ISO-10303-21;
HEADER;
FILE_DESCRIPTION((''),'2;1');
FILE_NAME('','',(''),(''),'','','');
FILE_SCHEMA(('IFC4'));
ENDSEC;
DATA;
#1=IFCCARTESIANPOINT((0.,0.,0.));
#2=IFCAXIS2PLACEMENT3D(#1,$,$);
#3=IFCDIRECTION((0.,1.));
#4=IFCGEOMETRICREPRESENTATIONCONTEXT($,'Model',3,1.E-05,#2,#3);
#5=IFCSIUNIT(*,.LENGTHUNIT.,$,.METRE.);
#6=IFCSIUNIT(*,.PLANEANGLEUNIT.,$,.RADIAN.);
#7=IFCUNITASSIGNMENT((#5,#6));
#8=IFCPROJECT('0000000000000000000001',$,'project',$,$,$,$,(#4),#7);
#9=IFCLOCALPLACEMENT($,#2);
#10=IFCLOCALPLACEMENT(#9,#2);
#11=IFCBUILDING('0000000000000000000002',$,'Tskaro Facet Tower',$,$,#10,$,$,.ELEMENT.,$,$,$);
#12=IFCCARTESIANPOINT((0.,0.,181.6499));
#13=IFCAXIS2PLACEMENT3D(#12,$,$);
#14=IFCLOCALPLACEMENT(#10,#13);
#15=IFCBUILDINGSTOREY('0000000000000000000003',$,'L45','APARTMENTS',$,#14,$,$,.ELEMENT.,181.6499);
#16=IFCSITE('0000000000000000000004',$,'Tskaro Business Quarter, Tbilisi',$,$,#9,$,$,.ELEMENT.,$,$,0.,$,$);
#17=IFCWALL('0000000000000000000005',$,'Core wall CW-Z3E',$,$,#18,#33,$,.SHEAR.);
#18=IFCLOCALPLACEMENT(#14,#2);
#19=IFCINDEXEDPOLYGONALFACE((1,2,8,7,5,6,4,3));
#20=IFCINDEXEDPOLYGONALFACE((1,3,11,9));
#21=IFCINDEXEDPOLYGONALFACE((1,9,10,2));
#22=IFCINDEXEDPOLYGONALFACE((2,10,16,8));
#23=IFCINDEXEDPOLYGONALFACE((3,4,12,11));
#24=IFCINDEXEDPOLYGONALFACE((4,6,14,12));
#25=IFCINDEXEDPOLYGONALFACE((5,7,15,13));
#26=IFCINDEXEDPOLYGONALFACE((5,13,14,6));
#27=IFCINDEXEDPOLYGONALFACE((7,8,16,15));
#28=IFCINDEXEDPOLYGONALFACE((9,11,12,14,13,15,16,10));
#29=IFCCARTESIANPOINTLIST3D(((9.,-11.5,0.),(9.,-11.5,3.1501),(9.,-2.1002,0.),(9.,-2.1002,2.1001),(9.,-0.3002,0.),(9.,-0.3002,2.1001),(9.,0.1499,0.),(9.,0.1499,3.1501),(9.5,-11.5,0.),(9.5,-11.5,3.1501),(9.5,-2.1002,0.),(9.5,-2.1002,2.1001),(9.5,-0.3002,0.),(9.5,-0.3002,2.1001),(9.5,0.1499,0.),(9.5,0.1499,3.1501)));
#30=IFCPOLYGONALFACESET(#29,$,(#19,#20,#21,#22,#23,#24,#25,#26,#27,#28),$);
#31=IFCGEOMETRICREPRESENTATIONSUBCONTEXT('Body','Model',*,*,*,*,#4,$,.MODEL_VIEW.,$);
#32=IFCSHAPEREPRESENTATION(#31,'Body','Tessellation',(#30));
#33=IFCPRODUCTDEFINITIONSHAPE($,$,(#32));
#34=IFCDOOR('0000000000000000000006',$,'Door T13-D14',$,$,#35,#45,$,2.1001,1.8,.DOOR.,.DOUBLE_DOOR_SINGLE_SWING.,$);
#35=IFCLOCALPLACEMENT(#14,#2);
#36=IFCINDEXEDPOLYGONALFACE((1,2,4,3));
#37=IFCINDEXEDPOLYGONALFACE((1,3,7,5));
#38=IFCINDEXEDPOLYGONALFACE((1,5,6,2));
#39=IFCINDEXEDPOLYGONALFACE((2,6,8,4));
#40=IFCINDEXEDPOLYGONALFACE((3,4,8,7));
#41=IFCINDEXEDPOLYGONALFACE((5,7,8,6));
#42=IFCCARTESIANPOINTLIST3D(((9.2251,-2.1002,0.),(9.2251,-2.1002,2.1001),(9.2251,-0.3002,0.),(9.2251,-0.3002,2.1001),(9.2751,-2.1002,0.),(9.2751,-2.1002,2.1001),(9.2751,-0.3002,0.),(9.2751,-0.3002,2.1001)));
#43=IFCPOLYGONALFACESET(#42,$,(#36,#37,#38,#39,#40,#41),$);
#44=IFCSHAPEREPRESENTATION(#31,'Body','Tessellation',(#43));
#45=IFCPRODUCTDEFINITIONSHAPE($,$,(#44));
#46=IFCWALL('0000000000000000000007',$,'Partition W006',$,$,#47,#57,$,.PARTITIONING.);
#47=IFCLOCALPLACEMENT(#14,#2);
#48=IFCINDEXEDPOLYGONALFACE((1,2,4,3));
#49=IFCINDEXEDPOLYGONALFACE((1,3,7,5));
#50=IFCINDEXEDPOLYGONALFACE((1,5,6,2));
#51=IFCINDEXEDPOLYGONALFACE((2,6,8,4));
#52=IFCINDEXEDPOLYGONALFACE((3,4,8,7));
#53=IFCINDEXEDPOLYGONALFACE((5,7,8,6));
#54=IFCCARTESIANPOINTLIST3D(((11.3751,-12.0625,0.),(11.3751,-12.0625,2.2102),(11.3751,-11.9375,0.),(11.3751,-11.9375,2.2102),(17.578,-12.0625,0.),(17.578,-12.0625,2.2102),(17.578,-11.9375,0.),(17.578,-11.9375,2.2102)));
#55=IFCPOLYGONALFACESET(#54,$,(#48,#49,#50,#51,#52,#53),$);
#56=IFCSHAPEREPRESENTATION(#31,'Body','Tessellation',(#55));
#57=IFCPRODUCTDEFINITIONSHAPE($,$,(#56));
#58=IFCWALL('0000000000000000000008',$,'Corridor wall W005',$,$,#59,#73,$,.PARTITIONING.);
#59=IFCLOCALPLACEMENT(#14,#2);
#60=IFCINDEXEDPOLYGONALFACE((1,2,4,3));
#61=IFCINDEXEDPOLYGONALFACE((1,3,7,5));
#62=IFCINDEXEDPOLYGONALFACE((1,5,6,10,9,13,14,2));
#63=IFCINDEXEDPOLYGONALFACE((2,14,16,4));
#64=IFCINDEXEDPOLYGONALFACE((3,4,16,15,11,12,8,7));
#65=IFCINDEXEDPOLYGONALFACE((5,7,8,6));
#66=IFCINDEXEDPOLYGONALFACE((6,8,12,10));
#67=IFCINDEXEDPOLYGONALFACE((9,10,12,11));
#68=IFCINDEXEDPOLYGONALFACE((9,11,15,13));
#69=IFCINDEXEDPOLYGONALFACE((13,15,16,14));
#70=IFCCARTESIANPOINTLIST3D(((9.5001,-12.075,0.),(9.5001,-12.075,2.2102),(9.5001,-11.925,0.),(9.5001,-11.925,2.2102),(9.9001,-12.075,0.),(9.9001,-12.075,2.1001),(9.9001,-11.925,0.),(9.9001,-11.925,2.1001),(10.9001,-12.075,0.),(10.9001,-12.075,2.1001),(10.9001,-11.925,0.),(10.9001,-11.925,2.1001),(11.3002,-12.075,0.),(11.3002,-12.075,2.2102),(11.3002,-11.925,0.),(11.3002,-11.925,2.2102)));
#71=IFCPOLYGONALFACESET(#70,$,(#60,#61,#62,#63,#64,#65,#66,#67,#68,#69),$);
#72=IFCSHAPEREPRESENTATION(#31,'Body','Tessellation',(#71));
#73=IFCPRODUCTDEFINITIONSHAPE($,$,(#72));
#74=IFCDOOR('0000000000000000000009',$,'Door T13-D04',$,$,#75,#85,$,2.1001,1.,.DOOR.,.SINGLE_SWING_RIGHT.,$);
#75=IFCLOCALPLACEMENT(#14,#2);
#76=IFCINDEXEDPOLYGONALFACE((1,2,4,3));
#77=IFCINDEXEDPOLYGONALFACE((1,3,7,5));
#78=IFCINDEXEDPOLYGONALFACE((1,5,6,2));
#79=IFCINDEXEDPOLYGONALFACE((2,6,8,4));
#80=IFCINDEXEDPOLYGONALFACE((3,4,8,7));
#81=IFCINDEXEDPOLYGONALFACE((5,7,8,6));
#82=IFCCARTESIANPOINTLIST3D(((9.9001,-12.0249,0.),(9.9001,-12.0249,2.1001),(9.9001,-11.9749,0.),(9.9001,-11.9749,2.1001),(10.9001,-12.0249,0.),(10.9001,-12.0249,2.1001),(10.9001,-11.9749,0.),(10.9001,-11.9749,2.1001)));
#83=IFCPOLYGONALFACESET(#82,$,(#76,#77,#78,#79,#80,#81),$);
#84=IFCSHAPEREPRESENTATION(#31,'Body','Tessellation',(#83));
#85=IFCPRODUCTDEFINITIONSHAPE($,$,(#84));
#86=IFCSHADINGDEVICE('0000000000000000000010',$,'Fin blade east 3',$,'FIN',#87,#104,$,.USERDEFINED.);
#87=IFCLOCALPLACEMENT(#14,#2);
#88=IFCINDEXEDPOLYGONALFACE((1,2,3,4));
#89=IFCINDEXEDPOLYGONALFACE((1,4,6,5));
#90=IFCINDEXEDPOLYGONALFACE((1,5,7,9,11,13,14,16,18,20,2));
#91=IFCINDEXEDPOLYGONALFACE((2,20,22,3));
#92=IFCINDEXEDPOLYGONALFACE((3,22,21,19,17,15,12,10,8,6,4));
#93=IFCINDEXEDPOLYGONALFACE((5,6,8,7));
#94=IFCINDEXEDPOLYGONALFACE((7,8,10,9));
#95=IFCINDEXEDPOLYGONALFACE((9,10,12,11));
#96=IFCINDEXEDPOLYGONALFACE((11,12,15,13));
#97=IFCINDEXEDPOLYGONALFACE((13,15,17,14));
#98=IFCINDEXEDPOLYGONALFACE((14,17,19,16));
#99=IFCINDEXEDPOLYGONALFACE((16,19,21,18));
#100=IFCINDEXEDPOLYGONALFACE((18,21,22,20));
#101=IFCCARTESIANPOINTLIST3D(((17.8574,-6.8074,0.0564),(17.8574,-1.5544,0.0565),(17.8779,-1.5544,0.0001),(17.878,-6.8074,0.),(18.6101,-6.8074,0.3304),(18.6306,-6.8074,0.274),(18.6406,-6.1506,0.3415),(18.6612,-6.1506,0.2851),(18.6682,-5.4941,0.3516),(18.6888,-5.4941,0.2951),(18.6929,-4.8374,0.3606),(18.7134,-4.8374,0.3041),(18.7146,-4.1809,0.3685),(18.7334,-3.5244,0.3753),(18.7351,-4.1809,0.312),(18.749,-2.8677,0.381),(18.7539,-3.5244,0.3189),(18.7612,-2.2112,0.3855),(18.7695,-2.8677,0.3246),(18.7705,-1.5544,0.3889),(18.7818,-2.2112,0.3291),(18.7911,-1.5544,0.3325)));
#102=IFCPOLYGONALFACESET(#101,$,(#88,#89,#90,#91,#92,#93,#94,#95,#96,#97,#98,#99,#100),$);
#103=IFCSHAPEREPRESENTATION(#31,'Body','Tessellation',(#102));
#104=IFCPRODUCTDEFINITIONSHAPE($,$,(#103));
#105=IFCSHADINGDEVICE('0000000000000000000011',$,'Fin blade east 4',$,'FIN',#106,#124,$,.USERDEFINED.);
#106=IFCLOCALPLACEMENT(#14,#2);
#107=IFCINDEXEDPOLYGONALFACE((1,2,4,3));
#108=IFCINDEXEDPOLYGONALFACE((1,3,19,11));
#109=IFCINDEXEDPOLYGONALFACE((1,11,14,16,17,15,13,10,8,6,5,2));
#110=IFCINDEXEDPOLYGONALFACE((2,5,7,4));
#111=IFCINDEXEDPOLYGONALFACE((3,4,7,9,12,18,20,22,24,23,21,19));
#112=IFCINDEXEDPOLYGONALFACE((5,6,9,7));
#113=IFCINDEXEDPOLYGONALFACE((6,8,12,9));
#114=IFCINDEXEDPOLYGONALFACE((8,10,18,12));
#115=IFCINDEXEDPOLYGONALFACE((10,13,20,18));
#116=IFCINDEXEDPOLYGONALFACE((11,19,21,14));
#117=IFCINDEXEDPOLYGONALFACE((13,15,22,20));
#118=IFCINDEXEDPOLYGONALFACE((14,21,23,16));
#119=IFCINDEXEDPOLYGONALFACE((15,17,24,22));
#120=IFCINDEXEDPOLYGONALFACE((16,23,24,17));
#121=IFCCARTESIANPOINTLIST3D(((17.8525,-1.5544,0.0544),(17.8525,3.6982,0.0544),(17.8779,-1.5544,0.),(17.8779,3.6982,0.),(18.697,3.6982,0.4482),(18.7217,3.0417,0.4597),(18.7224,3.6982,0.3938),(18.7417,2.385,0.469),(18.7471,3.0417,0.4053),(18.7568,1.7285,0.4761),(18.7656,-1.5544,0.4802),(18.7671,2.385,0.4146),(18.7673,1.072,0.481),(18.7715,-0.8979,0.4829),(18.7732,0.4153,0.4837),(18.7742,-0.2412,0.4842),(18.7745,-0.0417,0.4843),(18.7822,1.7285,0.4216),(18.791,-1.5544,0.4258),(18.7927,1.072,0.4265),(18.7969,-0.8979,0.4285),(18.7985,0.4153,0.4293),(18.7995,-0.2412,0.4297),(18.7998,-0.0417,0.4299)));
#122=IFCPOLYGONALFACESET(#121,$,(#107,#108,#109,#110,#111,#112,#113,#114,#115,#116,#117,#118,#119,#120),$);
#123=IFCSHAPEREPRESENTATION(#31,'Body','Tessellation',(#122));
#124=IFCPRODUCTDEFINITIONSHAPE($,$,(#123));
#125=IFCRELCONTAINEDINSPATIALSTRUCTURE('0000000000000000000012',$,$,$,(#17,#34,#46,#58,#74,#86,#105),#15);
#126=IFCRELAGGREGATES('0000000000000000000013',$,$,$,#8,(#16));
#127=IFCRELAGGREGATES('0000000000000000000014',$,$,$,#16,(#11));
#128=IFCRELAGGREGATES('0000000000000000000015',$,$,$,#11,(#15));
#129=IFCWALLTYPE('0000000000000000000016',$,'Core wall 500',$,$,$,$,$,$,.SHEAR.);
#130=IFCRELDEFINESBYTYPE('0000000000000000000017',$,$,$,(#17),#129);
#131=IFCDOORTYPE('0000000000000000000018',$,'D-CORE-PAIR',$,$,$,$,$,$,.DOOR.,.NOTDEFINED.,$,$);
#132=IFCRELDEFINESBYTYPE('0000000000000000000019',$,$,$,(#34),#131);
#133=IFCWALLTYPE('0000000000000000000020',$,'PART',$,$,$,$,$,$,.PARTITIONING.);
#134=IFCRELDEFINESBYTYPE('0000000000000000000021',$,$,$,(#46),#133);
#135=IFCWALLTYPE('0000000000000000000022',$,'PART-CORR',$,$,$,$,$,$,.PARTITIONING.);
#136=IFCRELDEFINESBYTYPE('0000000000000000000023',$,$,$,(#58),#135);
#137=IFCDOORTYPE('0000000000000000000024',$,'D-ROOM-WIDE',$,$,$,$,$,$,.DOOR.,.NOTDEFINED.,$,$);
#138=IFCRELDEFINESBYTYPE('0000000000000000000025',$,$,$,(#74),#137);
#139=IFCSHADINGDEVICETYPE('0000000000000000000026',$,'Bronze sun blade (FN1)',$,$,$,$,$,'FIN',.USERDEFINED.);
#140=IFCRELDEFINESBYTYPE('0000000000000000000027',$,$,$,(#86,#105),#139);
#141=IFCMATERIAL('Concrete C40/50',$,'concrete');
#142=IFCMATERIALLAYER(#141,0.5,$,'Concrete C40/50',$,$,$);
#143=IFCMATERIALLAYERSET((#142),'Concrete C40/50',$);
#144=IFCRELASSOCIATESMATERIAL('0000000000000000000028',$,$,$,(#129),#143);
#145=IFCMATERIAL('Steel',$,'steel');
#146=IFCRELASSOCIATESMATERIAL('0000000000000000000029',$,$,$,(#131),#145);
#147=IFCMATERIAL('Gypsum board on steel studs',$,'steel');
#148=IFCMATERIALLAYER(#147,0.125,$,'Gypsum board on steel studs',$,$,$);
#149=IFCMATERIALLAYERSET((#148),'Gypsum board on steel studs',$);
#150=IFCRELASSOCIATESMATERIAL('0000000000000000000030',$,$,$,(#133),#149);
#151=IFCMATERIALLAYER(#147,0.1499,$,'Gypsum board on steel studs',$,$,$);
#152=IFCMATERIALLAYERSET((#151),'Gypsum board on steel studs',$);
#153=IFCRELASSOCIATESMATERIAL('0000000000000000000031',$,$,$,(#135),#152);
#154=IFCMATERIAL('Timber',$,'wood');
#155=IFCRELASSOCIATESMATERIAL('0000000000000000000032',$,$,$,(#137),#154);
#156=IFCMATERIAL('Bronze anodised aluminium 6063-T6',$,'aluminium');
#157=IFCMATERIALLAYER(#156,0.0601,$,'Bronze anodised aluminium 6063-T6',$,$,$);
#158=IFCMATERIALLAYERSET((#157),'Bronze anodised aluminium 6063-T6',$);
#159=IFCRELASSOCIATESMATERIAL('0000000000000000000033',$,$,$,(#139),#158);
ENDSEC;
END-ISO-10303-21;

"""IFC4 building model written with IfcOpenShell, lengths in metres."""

from ifc_helpers import new_model, si_unit, direction, frame, frame_2d, origin, place, context, subcontext, project, spatial, polyline, rectangle, outline, extrude, material, layer, layer_set, type_object, element, fill, save


model = new_model("IFC4")

# Units and contexts
model_context = context("Model", 3, precision=1e-05, world=origin(), true_north=direction((0.0, 1.0)))
body_context = subcontext(model_context, "Body", "Model", "MODEL_VIEW")
ifc_project = project(units=[si_unit("LENGTHUNIT", "METRE"), si_unit("PLANEANGLEUNIT", "RADIAN")], contexts=[model_context])

# Site, building, storey
site_placement = place(None, origin())
site = spatial("IfcSite", under=ifc_project, at=site_placement, Name="Tskaro Business Quarter, Tbilisi", CompositionType="ELEMENT", RefElevation=0.0)
building_placement = place(site_placement, origin())
building = spatial("IfcBuilding", under=site, at=building_placement, Name="Tskaro Facet Tower", CompositionType="ELEMENT")
storey_placement = place(building_placement, frame((0.0, 0.0, 181.6499)))
storey = spatial("IfcBuildingStorey", under=building, at=storey_placement, Name="L45", Description="APARTMENTS", CompositionType="ELEMENT", Elevation=181.6499)

# Shared definitions
ifc_material_1 = material(Name="Bronze anodised aluminium 6063-T6", Category="aluminium")

# Wall, opening, door
ifc_material_2 = material(Name="Timber", Category="wood")
ifc_material_3 = material(Name="Concrete C40/50", Category="concrete")
ifc_layer_1 = layer(ifc_material_3, 0.5, Name="Concrete C40/50")
ifc_layer_set_1 = layer_set([ifc_layer_1], Name="Concrete C40/50")
wall_type_1 = type_object("IfcWallType", Name="Core wall 500", PredefinedType="SHEAR", material=ifc_layer_set_1)
wall_1_placement = place(storey_placement, frame((9.25, -11.5, 0.0), z_axis=(0.0, 0.0, 1.0), x_axis=(0.0, 1.0, 0.0)))
wall_1 = element("IfcWall", 1, at=wall_1_placement, inside=storey, type_object=wall_type_1, Name="Core wall CW-Z3E", PredefinedType="SHEAR", context=body_context, shape_type="SweptSolid", body=[
    extrude(rectangle(XDim=11.6499, YDim=0.5, at=frame_2d((5.825, 0.0))), origin(), (0.0, 0.0, 1.0), 3.1501),
])
opening_1_placement = place(wall_1_placement, frame((9.3999, 0.0, 0.0)))
opening_1 = element("IfcOpeningElement", 2, at=opening_1_placement, cuts=wall_1, PredefinedType="OPENING", context=body_context, shape_type="SweptSolid", body=[
    extrude(rectangle(XDim=1.8, YDim=2.1001, at=frame_2d((0.8999, 1.05))), frame((0.0, 0.26, 0.0), z_axis=(0.0, -1.0, 0.0), x_axis=(1.0, 0.0, 0.0)), (0.0, 0.0, 1.0), 0.52),
])
ifc_material_4 = material(Name="Steel", Category="steel")
door_type_1 = type_object("IfcDoorType", Name="D-CORE-PAIR", OperationType="NOTDEFINED", PredefinedType="DOOR", material=ifc_material_4)
door_1_placement = place(opening_1_placement, origin())
door_1 = element("IfcDoor", 3, at=door_1_placement, inside=storey, type_object=door_type_1, Name="Door T13-D14", OperationType="DOUBLE_DOOR_SINGLE_SWING", OverallHeight=2.1001, OverallWidth=1.8, PredefinedType="DOOR", context=body_context, shape_type="SweptSolid", body=[
    extrude(rectangle(XDim=1.8, YDim=2.1001, at=frame_2d((0.8999, 1.05))), frame((0.0, 0.0249, 0.0), z_axis=(0.0, -1.0, 0.0), x_axis=(1.0, 0.0, 0.0)), (0.0, 0.0, 1.0), 0.05),
])
fill(opening_1, door_1)

# Wall
ifc_material_5 = material(Name="Gypsum board on steel studs", Category="steel")
ifc_layer_2 = layer(ifc_material_5, 0.125, Name="Gypsum board on steel studs")
ifc_layer_set_2 = layer_set([ifc_layer_2], Name="Gypsum board on steel studs")
wall_type_2 = type_object("IfcWallType", Name="PART", PredefinedType="PARTITIONING", material=ifc_layer_set_2)
wall_2_placement = place(storey_placement, frame((11.375, -12.0, 0.0), z_axis=(0.0, 0.0, 1.0), x_axis=(1.0, 0.0, 0.0)))
element("IfcWall", 4, at=wall_2_placement, inside=storey, type_object=wall_type_2, Name="Partition W006", PredefinedType="PARTITIONING", context=body_context, shape_type="SweptSolid", body=[
    extrude(rectangle(XDim=6.2029, YDim=0.125, at=frame_2d((3.1016, 0.0))), origin(), (0.0, 0.0, 1.0), 2.2102),
])

# Wall, opening, door
ifc_layer_3 = layer(ifc_material_5, 0.1499, Name="Gypsum board on steel studs")
ifc_layer_set_3 = layer_set([ifc_layer_3], Name="Gypsum board on steel studs")
wall_type_3 = type_object("IfcWallType", Name="PART-CORR", PredefinedType="PARTITIONING", material=ifc_layer_set_3)
wall_3_placement = place(storey_placement, frame((11.3, -12.0, 0.0), z_axis=(0.0, 0.0, 1.0), x_axis=(-1.0, 0.0, 0.0)))
wall_3 = element("IfcWall", 5, at=wall_3_placement, inside=storey, type_object=wall_type_3, Name="Corridor wall W005", PredefinedType="PARTITIONING", context=body_context, shape_type="SweptSolid", body=[
    extrude(rectangle(XDim=1.8, YDim=0.1499, at=frame_2d((0.8999, 0.0))), origin(), (0.0, 0.0, 1.0), 2.2102),
])
opening_2_placement = place(wall_3_placement, frame((0.3999, 0.0, 0.0)))
opening_2 = element("IfcOpeningElement", 6, at=opening_2_placement, cuts=wall_3, PredefinedType="OPENING", context=body_context, shape_type="SweptSolid", body=[
    extrude(rectangle(XDim=1.0, YDim=2.1001, at=frame_2d((0.5, 1.05))), frame((0.0, 0.085, 0.0), z_axis=(0.0, -1.0, 0.0), x_axis=(1.0, 0.0, 0.0)), (0.0, 0.0, 1.0), 0.1699),
])
door_type_2 = type_object("IfcDoorType", Name="D-ROOM-WIDE", OperationType="NOTDEFINED", PredefinedType="DOOR", material=ifc_material_2)
door_2_placement = place(opening_2_placement, origin())
door_2 = element("IfcDoor", 7, at=door_2_placement, inside=storey, type_object=door_type_2, Name="Door T13-D04", OperationType="SINGLE_SWING_RIGHT", OverallHeight=2.1001, OverallWidth=1.0, PredefinedType="DOOR", context=body_context, shape_type="SweptSolid", body=[
    extrude(rectangle(XDim=1.0, YDim=2.1001, at=frame_2d((0.5, 1.05))), frame((0.0, 0.0249, 0.0), z_axis=(0.0, -1.0, 0.0), x_axis=(1.0, 0.0, 0.0)), (0.0, 0.0, 1.0), 0.05),
])
fill(opening_2, door_2)

# Shading devices
ifc_layer_4 = layer(ifc_material_1, 0.0601, Name="Bronze anodised aluminium 6063-T6")
ifc_layer_set_4 = layer_set([ifc_layer_4], Name="Bronze anodised aluminium 6063-T6")
shading_device_type = type_object("IfcShadingDeviceType", Name="Bronze sun blade (FN1)", ElementType="FIN", PredefinedType="USERDEFINED", material=ifc_layer_set_4)
shading_device_1_placement = place(storey_placement, frame((17.8574, -6.8074, 0.0564), z_axis=(-0.342079, -0.000018, 0.939671), x_axis=(-0.000006, 1.0, 0.000017)))
element("IfcShadingDevice", 8, at=shading_device_1_placement, inside=storey, type_object=shading_device_type, Name="Fin blade east 3", ObjectType="FIN", PredefinedType="USERDEFINED", context=body_context, shape_type="SweptSolid", body=[
    extrude(outline(polyline([(0.0, 0.0), (5.2529, 0.0), (5.2529, -0.9717), (4.5962, -0.9619), (3.9397, -0.9488), (3.283, -0.9322), (2.6265, -0.9122), (1.97, -0.8891), (1.3132, -0.8628), (0.6567, -0.8335), (0.0, -0.801), (0.0, 0.0)])), origin(), (0.0, 0.0, -1.0), 0.0601),
])
shading_device_2_placement = place(storey_placement, frame((17.8525, -1.5544, 0.0544), z_axis=(-0.422582, 0.0, 0.906325), x_axis=(0.0, 1.0, 0.0)))
element("IfcShadingDevice", 9, at=shading_device_2_placement, inside=storey, type_object=shading_device_type, Name="Fin blade east 4", ObjectType="FIN", PredefinedType="USERDEFINED", context=body_context, shape_type="SweptSolid", body=[
    extrude(outline(polyline([(0.0, 0.0), (5.2527, 0.0), (5.2527, -0.9318), (4.5962, -0.959), (3.9395, -0.981), (3.283, -0.9978), (2.6265, -1.0093), (1.9697, -1.0158), (1.5127, -1.0172), (1.3132, -1.0169), (0.6565, -1.0139), (0.0, -1.0075), (0.0, 0.0)])), origin(), (0.0, 0.0, -1.0), 0.0601),
])

save(model, "model.ifc")
